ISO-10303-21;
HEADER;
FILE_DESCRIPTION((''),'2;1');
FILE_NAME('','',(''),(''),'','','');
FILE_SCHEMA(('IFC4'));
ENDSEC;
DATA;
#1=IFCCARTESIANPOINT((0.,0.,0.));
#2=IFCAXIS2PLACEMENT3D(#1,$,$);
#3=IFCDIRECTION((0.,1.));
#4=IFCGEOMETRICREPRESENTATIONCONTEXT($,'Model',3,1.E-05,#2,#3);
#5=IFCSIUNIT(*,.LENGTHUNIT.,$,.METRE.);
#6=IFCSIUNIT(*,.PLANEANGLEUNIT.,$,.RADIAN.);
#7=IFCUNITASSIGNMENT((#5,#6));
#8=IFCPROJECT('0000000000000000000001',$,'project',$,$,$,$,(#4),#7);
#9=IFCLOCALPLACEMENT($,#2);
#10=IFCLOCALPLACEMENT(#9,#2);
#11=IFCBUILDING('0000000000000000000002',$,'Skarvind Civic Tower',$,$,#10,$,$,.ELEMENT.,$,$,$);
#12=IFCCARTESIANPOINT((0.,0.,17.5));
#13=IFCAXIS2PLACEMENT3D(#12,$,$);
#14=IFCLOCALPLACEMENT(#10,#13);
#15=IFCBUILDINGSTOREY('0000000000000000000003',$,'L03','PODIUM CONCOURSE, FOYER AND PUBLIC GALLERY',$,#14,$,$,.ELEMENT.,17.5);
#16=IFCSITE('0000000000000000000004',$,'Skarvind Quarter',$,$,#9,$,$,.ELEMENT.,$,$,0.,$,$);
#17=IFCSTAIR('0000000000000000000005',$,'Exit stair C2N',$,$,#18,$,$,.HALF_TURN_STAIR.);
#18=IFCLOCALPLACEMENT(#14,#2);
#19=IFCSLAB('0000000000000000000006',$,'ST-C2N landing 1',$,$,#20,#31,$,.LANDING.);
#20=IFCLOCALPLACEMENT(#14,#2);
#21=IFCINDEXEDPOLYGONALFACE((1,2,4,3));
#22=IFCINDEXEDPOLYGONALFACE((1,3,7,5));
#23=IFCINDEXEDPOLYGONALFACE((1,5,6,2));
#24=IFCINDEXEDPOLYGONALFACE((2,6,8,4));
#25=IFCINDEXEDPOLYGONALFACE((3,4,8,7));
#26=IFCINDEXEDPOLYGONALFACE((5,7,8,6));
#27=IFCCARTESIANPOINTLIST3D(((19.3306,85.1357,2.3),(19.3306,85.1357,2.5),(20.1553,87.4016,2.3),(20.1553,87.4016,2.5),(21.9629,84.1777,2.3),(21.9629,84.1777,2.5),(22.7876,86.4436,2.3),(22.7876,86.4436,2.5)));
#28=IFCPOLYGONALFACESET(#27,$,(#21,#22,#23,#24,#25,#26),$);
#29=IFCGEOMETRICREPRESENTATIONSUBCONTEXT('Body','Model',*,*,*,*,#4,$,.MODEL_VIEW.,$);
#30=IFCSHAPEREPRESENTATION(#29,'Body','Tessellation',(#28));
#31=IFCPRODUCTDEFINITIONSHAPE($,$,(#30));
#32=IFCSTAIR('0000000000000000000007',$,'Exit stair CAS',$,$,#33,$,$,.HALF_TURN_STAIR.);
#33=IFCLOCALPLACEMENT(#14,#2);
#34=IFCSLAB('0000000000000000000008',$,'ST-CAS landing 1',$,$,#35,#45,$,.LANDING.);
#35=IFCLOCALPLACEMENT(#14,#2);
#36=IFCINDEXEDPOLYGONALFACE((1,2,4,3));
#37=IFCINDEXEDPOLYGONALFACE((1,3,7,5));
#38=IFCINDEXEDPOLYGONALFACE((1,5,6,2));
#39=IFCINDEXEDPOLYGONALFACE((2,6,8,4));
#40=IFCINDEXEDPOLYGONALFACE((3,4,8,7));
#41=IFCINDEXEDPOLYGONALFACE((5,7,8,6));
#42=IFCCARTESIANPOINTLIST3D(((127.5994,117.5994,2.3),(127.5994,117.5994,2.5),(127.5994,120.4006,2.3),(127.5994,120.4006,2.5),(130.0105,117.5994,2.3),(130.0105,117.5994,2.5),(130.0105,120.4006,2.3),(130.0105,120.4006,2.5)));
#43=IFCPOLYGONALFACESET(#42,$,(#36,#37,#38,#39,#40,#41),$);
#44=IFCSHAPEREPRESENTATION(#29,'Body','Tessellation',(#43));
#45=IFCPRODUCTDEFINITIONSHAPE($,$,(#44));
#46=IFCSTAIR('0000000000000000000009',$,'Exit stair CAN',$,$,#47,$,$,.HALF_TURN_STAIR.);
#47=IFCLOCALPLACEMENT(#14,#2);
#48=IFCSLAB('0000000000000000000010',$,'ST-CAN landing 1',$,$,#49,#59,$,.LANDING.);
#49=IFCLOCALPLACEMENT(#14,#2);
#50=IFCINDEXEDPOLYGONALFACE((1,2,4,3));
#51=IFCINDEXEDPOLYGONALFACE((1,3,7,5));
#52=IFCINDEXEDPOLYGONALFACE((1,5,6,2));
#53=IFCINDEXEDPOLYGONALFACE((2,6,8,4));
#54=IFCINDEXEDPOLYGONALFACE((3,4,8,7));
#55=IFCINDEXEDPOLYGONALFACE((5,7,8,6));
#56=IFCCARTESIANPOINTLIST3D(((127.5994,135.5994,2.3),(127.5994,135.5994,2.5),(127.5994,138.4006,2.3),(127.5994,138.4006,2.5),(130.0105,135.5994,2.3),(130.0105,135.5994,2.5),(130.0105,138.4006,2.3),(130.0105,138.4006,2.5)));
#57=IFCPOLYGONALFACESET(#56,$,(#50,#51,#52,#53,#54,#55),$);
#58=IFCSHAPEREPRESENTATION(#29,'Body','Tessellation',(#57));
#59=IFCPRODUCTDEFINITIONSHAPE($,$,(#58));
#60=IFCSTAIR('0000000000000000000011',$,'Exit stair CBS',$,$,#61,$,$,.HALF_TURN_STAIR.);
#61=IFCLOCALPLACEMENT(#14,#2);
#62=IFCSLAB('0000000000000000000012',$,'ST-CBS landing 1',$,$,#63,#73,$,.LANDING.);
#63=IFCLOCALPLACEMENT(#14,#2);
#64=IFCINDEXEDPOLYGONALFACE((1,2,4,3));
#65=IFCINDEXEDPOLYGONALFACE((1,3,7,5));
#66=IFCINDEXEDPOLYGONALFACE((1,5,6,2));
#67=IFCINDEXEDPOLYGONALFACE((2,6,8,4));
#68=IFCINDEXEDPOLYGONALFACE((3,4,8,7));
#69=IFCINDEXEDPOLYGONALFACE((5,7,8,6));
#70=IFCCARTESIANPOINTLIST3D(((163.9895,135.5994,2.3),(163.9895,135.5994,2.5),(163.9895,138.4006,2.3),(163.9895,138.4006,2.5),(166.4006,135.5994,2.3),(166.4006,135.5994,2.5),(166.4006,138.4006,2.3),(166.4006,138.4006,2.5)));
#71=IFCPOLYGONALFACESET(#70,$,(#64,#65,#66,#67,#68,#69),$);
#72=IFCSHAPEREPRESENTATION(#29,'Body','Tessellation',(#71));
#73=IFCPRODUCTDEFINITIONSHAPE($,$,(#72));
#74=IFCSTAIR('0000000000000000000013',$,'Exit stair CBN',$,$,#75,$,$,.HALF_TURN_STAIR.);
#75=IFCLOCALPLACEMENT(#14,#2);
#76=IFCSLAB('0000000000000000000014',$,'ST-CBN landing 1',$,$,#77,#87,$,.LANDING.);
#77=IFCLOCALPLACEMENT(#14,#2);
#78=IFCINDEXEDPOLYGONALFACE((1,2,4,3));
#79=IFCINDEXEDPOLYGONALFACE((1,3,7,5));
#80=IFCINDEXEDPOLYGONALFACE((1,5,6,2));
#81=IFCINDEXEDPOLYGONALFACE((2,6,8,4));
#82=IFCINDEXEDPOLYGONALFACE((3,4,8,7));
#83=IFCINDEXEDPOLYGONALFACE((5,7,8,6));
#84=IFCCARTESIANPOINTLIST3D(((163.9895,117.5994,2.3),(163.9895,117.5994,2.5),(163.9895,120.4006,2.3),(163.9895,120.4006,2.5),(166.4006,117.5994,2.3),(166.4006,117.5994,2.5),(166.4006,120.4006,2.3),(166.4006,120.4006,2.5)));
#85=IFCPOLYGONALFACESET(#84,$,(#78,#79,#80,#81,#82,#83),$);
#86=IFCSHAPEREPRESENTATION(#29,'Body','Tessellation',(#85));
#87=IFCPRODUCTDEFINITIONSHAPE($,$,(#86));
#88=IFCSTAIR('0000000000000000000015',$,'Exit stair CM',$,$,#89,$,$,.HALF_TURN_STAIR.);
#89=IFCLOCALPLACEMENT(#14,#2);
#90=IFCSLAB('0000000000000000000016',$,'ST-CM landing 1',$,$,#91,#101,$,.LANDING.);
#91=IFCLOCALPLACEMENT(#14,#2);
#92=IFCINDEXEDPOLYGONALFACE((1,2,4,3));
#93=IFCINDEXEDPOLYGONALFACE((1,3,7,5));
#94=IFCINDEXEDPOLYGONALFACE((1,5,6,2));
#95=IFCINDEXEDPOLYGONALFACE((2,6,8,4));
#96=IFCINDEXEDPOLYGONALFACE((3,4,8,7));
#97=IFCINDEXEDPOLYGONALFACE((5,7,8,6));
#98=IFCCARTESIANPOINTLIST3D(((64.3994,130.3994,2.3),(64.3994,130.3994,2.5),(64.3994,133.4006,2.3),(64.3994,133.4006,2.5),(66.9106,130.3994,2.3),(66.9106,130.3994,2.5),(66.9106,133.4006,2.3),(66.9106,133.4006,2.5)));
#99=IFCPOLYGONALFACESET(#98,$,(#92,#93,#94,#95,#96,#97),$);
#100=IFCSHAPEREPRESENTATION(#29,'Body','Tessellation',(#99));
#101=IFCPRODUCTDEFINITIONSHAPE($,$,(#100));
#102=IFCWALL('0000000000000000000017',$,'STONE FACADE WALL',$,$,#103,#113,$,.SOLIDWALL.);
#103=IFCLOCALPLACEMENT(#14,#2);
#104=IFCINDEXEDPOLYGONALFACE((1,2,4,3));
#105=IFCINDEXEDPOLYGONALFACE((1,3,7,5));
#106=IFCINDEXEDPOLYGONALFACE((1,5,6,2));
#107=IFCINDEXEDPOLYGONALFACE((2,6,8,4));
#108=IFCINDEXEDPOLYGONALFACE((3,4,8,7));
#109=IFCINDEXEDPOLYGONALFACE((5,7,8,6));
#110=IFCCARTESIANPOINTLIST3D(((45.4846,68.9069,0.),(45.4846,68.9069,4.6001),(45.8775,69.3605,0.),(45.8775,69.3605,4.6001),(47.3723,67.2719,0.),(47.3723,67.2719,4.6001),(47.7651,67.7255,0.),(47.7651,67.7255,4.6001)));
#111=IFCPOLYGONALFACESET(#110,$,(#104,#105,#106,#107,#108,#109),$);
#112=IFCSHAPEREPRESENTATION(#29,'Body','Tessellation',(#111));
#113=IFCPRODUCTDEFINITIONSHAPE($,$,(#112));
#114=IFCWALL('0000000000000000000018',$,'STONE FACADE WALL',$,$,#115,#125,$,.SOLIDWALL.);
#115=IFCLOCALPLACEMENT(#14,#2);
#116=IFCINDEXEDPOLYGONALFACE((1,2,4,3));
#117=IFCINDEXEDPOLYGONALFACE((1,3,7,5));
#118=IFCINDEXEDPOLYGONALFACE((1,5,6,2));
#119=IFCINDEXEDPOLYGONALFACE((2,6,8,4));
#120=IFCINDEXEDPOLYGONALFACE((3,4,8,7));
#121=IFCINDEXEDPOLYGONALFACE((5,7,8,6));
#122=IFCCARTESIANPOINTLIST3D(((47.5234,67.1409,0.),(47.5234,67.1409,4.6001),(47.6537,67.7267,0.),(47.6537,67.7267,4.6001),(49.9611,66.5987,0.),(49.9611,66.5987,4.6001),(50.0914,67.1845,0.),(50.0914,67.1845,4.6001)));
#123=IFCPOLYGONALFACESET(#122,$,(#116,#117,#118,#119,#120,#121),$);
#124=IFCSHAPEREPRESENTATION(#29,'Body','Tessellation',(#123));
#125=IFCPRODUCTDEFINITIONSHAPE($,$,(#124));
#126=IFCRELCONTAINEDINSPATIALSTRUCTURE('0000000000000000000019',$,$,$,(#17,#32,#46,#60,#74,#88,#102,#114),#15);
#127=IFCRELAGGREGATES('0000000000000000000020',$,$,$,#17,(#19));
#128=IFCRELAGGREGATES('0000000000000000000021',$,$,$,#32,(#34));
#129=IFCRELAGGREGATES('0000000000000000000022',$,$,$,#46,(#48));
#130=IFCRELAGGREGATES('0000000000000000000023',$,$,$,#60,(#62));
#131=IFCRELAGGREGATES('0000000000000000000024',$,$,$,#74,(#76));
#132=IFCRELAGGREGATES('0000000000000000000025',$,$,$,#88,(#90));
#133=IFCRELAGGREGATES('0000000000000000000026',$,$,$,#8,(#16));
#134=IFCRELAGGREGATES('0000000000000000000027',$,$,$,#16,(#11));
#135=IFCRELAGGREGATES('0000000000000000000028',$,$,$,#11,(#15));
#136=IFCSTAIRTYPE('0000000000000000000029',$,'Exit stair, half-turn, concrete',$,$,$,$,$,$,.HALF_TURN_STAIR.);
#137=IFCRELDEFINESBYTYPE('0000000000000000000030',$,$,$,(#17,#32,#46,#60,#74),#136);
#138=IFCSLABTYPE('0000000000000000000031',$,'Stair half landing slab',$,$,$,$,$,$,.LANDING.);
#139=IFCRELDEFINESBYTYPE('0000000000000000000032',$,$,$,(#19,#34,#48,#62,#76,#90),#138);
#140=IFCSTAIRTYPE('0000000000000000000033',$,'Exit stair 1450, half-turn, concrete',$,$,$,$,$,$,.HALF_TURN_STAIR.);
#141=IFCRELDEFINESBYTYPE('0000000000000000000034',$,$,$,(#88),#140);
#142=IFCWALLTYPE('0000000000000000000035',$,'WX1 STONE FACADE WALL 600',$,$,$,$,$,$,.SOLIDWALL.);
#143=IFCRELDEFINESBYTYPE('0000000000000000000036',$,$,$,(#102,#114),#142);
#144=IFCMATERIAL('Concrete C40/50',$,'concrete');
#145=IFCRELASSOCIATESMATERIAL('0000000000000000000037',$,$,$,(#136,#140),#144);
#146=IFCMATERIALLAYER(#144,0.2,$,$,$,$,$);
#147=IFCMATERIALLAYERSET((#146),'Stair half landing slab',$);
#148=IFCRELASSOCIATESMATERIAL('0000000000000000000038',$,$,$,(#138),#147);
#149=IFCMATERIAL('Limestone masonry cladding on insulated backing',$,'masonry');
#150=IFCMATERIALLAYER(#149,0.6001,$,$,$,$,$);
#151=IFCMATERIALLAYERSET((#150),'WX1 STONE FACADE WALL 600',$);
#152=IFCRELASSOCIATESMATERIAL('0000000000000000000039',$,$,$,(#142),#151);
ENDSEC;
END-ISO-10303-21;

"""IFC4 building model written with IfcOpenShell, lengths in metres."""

from ifc_helpers import new_model, si_unit, direction, frame, frame_2d, origin, place, context, subcontext, project, spatial, polyline, rectangle, outline, extrude, material, layer, layer_set, type_object, element, aggregate, save


model = new_model("IFC4")

# Units and contexts
model_context = context("Model", 3, precision=1e-05, world=origin(), true_north=direction((0.0, 1.0)))
body_context = subcontext(model_context, "Body", "Model", "MODEL_VIEW")
ifc_project = project(units=[si_unit("LENGTHUNIT", "METRE"), si_unit("PLANEANGLEUNIT", "RADIAN")], contexts=[model_context])

# Site, building, storey
site_placement = place(None, origin())
site = spatial("IfcSite", under=ifc_project, at=site_placement, Name="Skarvind Quarter", CompositionType="ELEMENT", RefElevation=0.0)
building_placement = place(site_placement, origin())
building = spatial("IfcBuilding", under=site, at=building_placement, Name="Skarvind Civic Tower", CompositionType="ELEMENT")
storey_placement = place(building_placement, frame((0.0, 0.0, 17.5)))
storey = spatial("IfcBuildingStorey", under=building, at=storey_placement, Name="L03", Description="PODIUM CONCOURSE, FOYER AND PUBLIC GALLERY", CompositionType="ELEMENT", Elevation=17.5)

# Shared definitions
ifc_material_1 = material(Name="Concrete C40/50", Category="concrete")

# Stairs, slabs
stair_type_1 = type_object("IfcStairType", Name="Exit stair, half-turn, concrete", PredefinedType="HALF_TURN_STAIR", material=ifc_material_1)
ifc_layer_1 = layer(ifc_material_1, 0.2)
ifc_layer_set_1 = layer_set([ifc_layer_1], Name="Stair half landing slab")
slab_type_1 = type_object("IfcSlabType", Name="Stair half landing slab", PredefinedType="LANDING", material=ifc_layer_set_1)
stair_1_placement = place(storey_placement, origin())
stair_1 = element("IfcStair", 1, at=stair_1_placement, inside=storey, type_object=stair_type_1, Name="Exit stair C2N", PredefinedType="HALF_TURN_STAIR")
slab_1_placement = place(storey_placement, frame((0.0, 0.0, 2.3)))
slab_1 = element("IfcSlab", 2, at=slab_1_placement, type_object=slab_type_1, Name="ST-C2N landing 1", PredefinedType="LANDING", context=body_context, shape_type="SweptSolid", body=[
    extrude(outline(polyline([(20.1553, 87.4016), (22.7876, 86.4436), (21.9629, 84.1777), (19.3306, 85.1357), (20.1553, 87.4016)])), origin(), (0.0, 0.0, 1.0), 0.2),
])
aggregate(stair_1, [slab_1])
stair_2_placement = place(storey_placement, origin())
stair_2 = element("IfcStair", 3, at=stair_2_placement, inside=storey, type_object=stair_type_1, Name="Exit stair CAS", PredefinedType="HALF_TURN_STAIR")
slab_2_placement = place(storey_placement, frame((0.0, 0.0, 2.3)))
slab_2 = element("IfcSlab", 4, at=slab_2_placement, type_object=slab_type_1, Name="ST-CAS landing 1", PredefinedType="LANDING", context=body_context, shape_type="SweptSolid", body=[
    extrude(outline(polyline([(130.0105, 120.4006), (130.0105, 117.5994), (127.5994, 117.5994), (127.5994, 120.4006), (130.0105, 120.4006)])), origin(), (0.0, 0.0, 1.0), 0.2),
])
aggregate(stair_2, [slab_2])
stair_3_placement = place(storey_placement, origin())
stair_3 = element("IfcStair", 5, at=stair_3_placement, inside=storey, type_object=stair_type_1, Name="Exit stair CAN", PredefinedType="HALF_TURN_STAIR")
slab_3_placement = place(storey_placement, frame((0.0, 0.0, 2.3)))
slab_3 = element("IfcSlab", 6, at=slab_3_placement, type_object=slab_type_1, Name="ST-CAN landing 1", PredefinedType="LANDING", context=body_context, shape_type="SweptSolid", body=[
    extrude(outline(polyline([(130.0105, 138.4006), (130.0105, 135.5994), (127.5994, 135.5994), (127.5994, 138.4006), (130.0105, 138.4006)])), origin(), (0.0, 0.0, 1.0), 0.2),
])
aggregate(stair_3, [slab_3])
stair_4_placement = place(storey_placement, origin())
stair_4 = element("IfcStair", 7, at=stair_4_placement, inside=storey, type_object=stair_type_1, Name="Exit stair CBS", PredefinedType="HALF_TURN_STAIR")
slab_4_placement = place(storey_placement, frame((0.0, 0.0, 2.3)))
slab_4 = element("IfcSlab", 8, at=slab_4_placement, type_object=slab_type_1, Name="ST-CBS landing 1", PredefinedType="LANDING", context=body_context, shape_type="SweptSolid", body=[
    extrude(outline(polyline([(163.9895, 135.5994), (163.9895, 138.4006), (166.4006, 138.4006), (166.4006, 135.5994), (163.9895, 135.5994)])), origin(), (0.0, 0.0, 1.0), 0.2),
])
aggregate(stair_4, [slab_4])
stair_5_placement = place(storey_placement, origin())
stair_5 = element("IfcStair", 9, at=stair_5_placement, inside=storey, type_object=stair_type_1, Name="Exit stair CBN", PredefinedType="HALF_TURN_STAIR")
slab_5_placement = place(storey_placement, frame((0.0, 0.0, 2.3)))
slab_5 = element("IfcSlab", 10, at=slab_5_placement, type_object=slab_type_1, Name="ST-CBN landing 1", PredefinedType="LANDING", context=body_context, shape_type="SweptSolid", body=[
    extrude(outline(polyline([(163.9895, 117.5994), (163.9895, 120.4006), (166.4006, 120.4006), (166.4006, 117.5994), (163.9895, 117.5994)])), origin(), (0.0, 0.0, 1.0), 0.2),
])
aggregate(stair_5, [slab_5])
stair_type_2 = type_object("IfcStairType", Name="Exit stair 1450, half-turn, concrete", PredefinedType="HALF_TURN_STAIR", material=ifc_material_1)
stair_6_placement = place(storey_placement, origin())
stair_6 = element("IfcStair", 11, at=stair_6_placement, inside=storey, type_object=stair_type_2, Name="Exit stair CM", PredefinedType="HALF_TURN_STAIR")
slab_6_placement = place(storey_placement, frame((0.0, 0.0, 2.3)))
slab_6 = element("IfcSlab", 12, at=slab_6_placement, type_object=slab_type_1, Name="ST-CM landing 1", PredefinedType="LANDING", context=body_context, shape_type="SweptSolid", body=[
    extrude(outline(polyline([(66.9106, 133.4006), (66.9106, 130.3994), (64.3994, 130.3994), (64.3994, 133.4006), (66.9106, 133.4006)])), origin(), (0.0, 0.0, 1.0), 0.2),
])
aggregate(stair_6, [slab_6])

# Walls
ifc_material_2 = material(Name="Limestone masonry cladding on insulated backing", Category="masonry")
ifc_layer_2 = layer(ifc_material_2, 0.6001)
ifc_layer_set_2 = layer_set([ifc_layer_2], Name="WX1 STONE FACADE WALL 600")
wall_type = type_object("IfcWallType", Name="WX1 STONE FACADE WALL 600", PredefinedType="SOLIDWALL", material=ifc_layer_set_2)
for number, where, z_axis, x_axis, name in (
    (13, (47.5686, 67.4988, 0.0), (0.0, 0.0, 1.0), (-0.755886, 0.654703, 0.0), "STONE FACADE WALL"),
    (14, (50.0261, 66.8916, 0.0), (0.0, 0.0, 1.0), (-0.976143, 0.217127, 0.0), "STONE FACADE WALL"),
):
    element("IfcWall", number, at=place(storey_placement, frame(where, z_axis=z_axis, x_axis=x_axis)), inside=storey, type_object=wall_type, Name=name, PredefinedType="SOLIDWALL", context=body_context, shape_type="SweptSolid", body=[
        extrude(rectangle(XDim=2.4973, YDim=0.6001, at=frame_2d((1.2485, 0.0))), origin(), (0.0, 0.0, 1.0), 4.6001),
    ])

save(model, "model.ifc")
